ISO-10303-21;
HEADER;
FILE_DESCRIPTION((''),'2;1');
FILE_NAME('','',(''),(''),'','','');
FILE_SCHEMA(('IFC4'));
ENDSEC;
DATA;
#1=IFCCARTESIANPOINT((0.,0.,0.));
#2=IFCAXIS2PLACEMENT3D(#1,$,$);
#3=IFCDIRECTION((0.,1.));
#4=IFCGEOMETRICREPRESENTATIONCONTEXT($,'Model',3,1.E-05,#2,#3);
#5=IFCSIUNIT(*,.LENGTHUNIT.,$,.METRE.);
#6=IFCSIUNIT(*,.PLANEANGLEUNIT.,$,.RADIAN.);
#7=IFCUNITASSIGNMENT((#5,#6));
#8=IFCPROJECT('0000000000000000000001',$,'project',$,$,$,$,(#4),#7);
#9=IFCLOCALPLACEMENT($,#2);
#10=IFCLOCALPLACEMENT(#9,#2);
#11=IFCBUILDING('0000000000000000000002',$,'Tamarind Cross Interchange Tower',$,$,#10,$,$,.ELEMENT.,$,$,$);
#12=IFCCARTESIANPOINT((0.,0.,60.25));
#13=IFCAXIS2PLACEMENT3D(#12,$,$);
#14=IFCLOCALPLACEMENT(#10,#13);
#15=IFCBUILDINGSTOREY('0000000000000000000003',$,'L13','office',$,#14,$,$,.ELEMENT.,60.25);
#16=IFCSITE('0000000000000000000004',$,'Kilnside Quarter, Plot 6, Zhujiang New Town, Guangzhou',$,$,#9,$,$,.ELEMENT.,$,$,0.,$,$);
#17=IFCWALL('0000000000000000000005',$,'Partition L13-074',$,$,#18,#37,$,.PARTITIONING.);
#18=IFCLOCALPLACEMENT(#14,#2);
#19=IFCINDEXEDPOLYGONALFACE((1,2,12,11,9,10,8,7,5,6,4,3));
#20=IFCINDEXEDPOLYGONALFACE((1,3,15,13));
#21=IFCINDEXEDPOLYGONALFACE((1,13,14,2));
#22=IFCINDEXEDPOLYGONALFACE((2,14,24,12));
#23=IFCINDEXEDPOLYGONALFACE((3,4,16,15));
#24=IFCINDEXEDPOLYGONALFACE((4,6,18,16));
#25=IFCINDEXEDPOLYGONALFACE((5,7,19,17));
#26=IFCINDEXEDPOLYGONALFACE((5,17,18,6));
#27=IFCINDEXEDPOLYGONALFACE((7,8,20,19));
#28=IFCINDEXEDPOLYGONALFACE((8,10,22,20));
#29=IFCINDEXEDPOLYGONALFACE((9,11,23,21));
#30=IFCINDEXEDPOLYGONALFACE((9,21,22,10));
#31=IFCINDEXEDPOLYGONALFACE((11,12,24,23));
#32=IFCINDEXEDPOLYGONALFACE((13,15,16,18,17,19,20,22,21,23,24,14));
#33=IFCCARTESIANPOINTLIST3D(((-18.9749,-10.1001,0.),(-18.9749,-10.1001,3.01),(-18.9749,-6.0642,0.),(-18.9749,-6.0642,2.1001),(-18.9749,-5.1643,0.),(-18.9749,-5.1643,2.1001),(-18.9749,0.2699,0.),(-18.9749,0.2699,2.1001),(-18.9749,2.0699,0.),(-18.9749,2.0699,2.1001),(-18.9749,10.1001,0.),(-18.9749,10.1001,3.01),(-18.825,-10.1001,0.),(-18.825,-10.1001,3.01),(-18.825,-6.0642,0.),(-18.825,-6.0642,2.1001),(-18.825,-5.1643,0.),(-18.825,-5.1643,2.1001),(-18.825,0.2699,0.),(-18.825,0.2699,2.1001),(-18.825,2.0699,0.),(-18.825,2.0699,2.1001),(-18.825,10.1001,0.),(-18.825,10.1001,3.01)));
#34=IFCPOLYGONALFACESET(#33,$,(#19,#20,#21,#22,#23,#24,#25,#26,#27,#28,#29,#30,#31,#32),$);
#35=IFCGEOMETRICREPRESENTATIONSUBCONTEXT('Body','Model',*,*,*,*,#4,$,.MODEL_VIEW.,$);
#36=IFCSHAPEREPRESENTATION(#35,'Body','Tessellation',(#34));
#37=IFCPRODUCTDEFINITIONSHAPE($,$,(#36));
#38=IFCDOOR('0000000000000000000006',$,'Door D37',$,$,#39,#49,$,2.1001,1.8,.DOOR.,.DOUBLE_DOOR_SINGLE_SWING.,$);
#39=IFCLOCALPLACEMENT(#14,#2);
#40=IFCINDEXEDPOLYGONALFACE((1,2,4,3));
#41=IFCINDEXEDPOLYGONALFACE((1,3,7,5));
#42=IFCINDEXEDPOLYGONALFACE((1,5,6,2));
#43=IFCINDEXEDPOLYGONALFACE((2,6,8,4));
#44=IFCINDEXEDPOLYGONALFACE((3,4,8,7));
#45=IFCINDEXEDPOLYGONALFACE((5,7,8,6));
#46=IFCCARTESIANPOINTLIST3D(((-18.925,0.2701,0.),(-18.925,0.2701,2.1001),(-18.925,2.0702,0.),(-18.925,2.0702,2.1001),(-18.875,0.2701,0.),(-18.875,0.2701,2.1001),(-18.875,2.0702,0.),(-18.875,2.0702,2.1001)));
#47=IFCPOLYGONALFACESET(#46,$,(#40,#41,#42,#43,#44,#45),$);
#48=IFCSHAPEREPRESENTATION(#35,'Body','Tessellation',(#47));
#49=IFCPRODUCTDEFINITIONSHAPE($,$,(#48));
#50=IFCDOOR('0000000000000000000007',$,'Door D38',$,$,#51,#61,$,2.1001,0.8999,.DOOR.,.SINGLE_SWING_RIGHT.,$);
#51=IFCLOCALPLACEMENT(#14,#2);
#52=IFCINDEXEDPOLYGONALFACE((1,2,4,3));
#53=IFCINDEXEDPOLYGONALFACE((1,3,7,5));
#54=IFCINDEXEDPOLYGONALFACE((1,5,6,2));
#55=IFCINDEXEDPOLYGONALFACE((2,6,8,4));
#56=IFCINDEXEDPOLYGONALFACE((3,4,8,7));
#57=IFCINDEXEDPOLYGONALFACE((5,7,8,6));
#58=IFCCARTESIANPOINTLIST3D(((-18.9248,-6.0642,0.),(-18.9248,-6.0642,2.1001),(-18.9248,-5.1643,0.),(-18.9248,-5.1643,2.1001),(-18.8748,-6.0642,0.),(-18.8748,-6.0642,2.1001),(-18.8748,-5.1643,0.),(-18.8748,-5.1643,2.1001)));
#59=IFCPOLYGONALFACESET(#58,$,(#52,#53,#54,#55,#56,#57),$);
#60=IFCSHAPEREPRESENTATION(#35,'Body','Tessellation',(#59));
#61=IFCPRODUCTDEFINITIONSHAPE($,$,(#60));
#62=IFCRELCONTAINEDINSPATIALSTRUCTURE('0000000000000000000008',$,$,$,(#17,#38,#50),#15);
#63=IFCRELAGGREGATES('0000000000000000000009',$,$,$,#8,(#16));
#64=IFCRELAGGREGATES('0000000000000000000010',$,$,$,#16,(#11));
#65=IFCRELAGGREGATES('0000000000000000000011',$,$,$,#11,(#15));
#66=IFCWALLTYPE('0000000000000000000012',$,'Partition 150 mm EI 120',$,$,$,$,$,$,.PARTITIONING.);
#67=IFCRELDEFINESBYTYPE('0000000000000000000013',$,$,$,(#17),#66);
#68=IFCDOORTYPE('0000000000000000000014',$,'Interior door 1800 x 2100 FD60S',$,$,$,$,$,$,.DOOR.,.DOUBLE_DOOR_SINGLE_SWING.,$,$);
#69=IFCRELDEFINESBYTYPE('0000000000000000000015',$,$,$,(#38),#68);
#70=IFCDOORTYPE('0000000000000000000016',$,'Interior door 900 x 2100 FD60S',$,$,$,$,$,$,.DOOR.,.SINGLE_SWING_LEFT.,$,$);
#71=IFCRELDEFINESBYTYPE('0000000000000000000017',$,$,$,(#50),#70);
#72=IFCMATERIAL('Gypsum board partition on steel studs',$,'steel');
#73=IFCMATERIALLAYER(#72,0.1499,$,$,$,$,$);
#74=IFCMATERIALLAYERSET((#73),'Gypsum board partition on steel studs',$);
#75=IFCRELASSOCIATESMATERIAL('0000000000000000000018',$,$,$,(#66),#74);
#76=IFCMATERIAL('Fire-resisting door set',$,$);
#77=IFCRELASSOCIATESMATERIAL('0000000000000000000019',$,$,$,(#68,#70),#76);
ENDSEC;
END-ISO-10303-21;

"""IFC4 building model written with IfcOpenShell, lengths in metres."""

from ifc_helpers import new_model, si_unit, direction, frame, frame_2d, origin, place, context, subcontext, project, spatial, rectangle, extrude, material, layer, layer_set, type_object, element, fill, save


model = new_model("IFC4")

# Units and contexts
model_context = context("Model", 3, precision=1e-05, world=origin(), true_north=direction((0.0, 1.0)))
body_context = subcontext(model_context, "Body", "Model", "MODEL_VIEW")
ifc_project = project(units=[si_unit("LENGTHUNIT", "METRE"), si_unit("PLANEANGLEUNIT", "RADIAN")], contexts=[model_context])

# Site, building, storey
site_placement = place(None, origin())
site = spatial("IfcSite", under=ifc_project, at=site_placement, Name="Kilnside Quarter, Plot 6, Zhujiang New Town, Guangzhou", CompositionType="ELEMENT", RefElevation=0.0)
building_placement = place(site_placement, origin())
building = spatial("IfcBuilding", under=site, at=building_placement, Name="Tamarind Cross Interchange Tower", CompositionType="ELEMENT")
storey_placement = place(building_placement, frame((0.0, 0.0, 60.25)))
storey = spatial("IfcBuildingStorey", under=building, at=storey_placement, Name="L13", Description="office", CompositionType="ELEMENT", Elevation=60.25)

# Shared definitions
ifc_material_1 = material(Name="Gypsum board partition on steel studs", Category="steel")
ifc_layer_1 = layer(ifc_material_1, 0.1499)
ifc_layer_set_1 = layer_set([ifc_layer_1], Name="Gypsum board partition on steel studs")
wall_type_1 = type_object("IfcWallType", Name="Partition 150 mm EI 120", PredefinedType="PARTITIONING", material=ifc_layer_set_1)

# Wall, openings, doors
ifc_material_2 = material(Name="Fire-resisting door set")
door_type_1 = type_object("IfcDoorType", Name="Interior door 1800 x 2100 FD60S", OperationType="DOUBLE_DOOR_SINGLE_SWING", PredefinedType="DOOR", material=ifc_material_2)
wall_1_placement = place(storey_placement, frame((-18.8999, -10.1001, 0.0), z_axis=(0.0, 0.0, 1.0), x_axis=(0.0, 1.0, 0.0)))
wall_1 = element("IfcWall", 1, at=wall_1_placement, inside=storey, type_object=wall_type_1, Name="Partition L13-074", PredefinedType="PARTITIONING", context=body_context, shape_type="SweptSolid", body=[
    extrude(rectangle(XDim=20.2002, YDim=0.1499, at=frame_2d((10.1001, 0.0))), origin(), (0.0, 0.0, 1.0), 3.01),
])
opening_1_placement = place(wall_1_placement, frame((10.3701, 0.0, 0.0)))
opening_1 = element("IfcOpeningElement", 2, at=opening_1_placement, cuts=wall_1, PredefinedType="OPENING", context=body_context, shape_type="SweptSolid", body=[
    extrude(rectangle(XDim=1.8, YDim=2.1001, at=frame_2d((0.8999, 1.05))), frame((0.0, 0.085, 0.0), z_axis=(0.0, -1.0, 0.0), x_axis=(1.0, 0.0, 0.0)), (0.0, 0.0, 1.0), 0.1699),
])
opening_2_placement = place(wall_1_placement, frame((4.0359, 0.0, 0.0)))
opening_2 = element("IfcOpeningElement", 3, at=opening_2_placement, cuts=wall_1, PredefinedType="OPENING", context=body_context, shape_type="SweptSolid", body=[
    extrude(rectangle(XDim=0.8999, YDim=2.1001, at=frame_2d((0.45, 1.05))), frame((0.0, 0.085, 0.0), z_axis=(0.0, -1.0, 0.0), x_axis=(1.0, 0.0, 0.0)), (0.0, 0.0, 1.0), 0.1699),
])
door_1_placement = place(opening_1_placement, frame((1.8, 0.0, 0.0), z_axis=(0.0, 0.0, 1.0), x_axis=(-1.0, 0.0, 0.0)))
door_1 = element("IfcDoor", 4, at=door_1_placement, inside=storey, type_object=door_type_1, Name="Door D37", OperationType="DOUBLE_DOOR_SINGLE_SWING", OverallHeight=2.1001, OverallWidth=1.8, PredefinedType="DOOR", context=body_context, shape_type="SweptSolid", body=[
    extrude(rectangle(XDim=1.8, YDim=2.1001, at=frame_2d((0.8999, 1.05))), frame((0.0, 0.0249, 0.0), z_axis=(0.0, -1.0, 0.0), x_axis=(1.0, 0.0, 0.0)), (0.0, 0.0, 1.0), 0.05),
])
fill(opening_1, door_1)
door_type_2 = type_object("IfcDoorType", Name="Interior door 900 x 2100 FD60S", OperationType="SINGLE_SWING_LEFT", PredefinedType="DOOR", material=ifc_material_2)
door_2_placement = place(opening_2_placement, origin())
door_2 = element("IfcDoor", 5, at=door_2_placement, inside=storey, type_object=door_type_2, Name="Door D38", OperationType="SINGLE_SWING_RIGHT", OverallHeight=2.1001, OverallWidth=0.8999, PredefinedType="DOOR", context=body_context, shape_type="SweptSolid", body=[
    extrude(rectangle(XDim=0.8999, YDim=2.1001, at=frame_2d((0.45, 1.05))), frame((0.0, 0.0249, 0.0), z_axis=(0.0, -1.0, 0.0), x_axis=(1.0, 0.0, 0.0)), (0.0, 0.0, 1.0), 0.05),
])
fill(opening_2, door_2)

save(model, "model.ifc")
